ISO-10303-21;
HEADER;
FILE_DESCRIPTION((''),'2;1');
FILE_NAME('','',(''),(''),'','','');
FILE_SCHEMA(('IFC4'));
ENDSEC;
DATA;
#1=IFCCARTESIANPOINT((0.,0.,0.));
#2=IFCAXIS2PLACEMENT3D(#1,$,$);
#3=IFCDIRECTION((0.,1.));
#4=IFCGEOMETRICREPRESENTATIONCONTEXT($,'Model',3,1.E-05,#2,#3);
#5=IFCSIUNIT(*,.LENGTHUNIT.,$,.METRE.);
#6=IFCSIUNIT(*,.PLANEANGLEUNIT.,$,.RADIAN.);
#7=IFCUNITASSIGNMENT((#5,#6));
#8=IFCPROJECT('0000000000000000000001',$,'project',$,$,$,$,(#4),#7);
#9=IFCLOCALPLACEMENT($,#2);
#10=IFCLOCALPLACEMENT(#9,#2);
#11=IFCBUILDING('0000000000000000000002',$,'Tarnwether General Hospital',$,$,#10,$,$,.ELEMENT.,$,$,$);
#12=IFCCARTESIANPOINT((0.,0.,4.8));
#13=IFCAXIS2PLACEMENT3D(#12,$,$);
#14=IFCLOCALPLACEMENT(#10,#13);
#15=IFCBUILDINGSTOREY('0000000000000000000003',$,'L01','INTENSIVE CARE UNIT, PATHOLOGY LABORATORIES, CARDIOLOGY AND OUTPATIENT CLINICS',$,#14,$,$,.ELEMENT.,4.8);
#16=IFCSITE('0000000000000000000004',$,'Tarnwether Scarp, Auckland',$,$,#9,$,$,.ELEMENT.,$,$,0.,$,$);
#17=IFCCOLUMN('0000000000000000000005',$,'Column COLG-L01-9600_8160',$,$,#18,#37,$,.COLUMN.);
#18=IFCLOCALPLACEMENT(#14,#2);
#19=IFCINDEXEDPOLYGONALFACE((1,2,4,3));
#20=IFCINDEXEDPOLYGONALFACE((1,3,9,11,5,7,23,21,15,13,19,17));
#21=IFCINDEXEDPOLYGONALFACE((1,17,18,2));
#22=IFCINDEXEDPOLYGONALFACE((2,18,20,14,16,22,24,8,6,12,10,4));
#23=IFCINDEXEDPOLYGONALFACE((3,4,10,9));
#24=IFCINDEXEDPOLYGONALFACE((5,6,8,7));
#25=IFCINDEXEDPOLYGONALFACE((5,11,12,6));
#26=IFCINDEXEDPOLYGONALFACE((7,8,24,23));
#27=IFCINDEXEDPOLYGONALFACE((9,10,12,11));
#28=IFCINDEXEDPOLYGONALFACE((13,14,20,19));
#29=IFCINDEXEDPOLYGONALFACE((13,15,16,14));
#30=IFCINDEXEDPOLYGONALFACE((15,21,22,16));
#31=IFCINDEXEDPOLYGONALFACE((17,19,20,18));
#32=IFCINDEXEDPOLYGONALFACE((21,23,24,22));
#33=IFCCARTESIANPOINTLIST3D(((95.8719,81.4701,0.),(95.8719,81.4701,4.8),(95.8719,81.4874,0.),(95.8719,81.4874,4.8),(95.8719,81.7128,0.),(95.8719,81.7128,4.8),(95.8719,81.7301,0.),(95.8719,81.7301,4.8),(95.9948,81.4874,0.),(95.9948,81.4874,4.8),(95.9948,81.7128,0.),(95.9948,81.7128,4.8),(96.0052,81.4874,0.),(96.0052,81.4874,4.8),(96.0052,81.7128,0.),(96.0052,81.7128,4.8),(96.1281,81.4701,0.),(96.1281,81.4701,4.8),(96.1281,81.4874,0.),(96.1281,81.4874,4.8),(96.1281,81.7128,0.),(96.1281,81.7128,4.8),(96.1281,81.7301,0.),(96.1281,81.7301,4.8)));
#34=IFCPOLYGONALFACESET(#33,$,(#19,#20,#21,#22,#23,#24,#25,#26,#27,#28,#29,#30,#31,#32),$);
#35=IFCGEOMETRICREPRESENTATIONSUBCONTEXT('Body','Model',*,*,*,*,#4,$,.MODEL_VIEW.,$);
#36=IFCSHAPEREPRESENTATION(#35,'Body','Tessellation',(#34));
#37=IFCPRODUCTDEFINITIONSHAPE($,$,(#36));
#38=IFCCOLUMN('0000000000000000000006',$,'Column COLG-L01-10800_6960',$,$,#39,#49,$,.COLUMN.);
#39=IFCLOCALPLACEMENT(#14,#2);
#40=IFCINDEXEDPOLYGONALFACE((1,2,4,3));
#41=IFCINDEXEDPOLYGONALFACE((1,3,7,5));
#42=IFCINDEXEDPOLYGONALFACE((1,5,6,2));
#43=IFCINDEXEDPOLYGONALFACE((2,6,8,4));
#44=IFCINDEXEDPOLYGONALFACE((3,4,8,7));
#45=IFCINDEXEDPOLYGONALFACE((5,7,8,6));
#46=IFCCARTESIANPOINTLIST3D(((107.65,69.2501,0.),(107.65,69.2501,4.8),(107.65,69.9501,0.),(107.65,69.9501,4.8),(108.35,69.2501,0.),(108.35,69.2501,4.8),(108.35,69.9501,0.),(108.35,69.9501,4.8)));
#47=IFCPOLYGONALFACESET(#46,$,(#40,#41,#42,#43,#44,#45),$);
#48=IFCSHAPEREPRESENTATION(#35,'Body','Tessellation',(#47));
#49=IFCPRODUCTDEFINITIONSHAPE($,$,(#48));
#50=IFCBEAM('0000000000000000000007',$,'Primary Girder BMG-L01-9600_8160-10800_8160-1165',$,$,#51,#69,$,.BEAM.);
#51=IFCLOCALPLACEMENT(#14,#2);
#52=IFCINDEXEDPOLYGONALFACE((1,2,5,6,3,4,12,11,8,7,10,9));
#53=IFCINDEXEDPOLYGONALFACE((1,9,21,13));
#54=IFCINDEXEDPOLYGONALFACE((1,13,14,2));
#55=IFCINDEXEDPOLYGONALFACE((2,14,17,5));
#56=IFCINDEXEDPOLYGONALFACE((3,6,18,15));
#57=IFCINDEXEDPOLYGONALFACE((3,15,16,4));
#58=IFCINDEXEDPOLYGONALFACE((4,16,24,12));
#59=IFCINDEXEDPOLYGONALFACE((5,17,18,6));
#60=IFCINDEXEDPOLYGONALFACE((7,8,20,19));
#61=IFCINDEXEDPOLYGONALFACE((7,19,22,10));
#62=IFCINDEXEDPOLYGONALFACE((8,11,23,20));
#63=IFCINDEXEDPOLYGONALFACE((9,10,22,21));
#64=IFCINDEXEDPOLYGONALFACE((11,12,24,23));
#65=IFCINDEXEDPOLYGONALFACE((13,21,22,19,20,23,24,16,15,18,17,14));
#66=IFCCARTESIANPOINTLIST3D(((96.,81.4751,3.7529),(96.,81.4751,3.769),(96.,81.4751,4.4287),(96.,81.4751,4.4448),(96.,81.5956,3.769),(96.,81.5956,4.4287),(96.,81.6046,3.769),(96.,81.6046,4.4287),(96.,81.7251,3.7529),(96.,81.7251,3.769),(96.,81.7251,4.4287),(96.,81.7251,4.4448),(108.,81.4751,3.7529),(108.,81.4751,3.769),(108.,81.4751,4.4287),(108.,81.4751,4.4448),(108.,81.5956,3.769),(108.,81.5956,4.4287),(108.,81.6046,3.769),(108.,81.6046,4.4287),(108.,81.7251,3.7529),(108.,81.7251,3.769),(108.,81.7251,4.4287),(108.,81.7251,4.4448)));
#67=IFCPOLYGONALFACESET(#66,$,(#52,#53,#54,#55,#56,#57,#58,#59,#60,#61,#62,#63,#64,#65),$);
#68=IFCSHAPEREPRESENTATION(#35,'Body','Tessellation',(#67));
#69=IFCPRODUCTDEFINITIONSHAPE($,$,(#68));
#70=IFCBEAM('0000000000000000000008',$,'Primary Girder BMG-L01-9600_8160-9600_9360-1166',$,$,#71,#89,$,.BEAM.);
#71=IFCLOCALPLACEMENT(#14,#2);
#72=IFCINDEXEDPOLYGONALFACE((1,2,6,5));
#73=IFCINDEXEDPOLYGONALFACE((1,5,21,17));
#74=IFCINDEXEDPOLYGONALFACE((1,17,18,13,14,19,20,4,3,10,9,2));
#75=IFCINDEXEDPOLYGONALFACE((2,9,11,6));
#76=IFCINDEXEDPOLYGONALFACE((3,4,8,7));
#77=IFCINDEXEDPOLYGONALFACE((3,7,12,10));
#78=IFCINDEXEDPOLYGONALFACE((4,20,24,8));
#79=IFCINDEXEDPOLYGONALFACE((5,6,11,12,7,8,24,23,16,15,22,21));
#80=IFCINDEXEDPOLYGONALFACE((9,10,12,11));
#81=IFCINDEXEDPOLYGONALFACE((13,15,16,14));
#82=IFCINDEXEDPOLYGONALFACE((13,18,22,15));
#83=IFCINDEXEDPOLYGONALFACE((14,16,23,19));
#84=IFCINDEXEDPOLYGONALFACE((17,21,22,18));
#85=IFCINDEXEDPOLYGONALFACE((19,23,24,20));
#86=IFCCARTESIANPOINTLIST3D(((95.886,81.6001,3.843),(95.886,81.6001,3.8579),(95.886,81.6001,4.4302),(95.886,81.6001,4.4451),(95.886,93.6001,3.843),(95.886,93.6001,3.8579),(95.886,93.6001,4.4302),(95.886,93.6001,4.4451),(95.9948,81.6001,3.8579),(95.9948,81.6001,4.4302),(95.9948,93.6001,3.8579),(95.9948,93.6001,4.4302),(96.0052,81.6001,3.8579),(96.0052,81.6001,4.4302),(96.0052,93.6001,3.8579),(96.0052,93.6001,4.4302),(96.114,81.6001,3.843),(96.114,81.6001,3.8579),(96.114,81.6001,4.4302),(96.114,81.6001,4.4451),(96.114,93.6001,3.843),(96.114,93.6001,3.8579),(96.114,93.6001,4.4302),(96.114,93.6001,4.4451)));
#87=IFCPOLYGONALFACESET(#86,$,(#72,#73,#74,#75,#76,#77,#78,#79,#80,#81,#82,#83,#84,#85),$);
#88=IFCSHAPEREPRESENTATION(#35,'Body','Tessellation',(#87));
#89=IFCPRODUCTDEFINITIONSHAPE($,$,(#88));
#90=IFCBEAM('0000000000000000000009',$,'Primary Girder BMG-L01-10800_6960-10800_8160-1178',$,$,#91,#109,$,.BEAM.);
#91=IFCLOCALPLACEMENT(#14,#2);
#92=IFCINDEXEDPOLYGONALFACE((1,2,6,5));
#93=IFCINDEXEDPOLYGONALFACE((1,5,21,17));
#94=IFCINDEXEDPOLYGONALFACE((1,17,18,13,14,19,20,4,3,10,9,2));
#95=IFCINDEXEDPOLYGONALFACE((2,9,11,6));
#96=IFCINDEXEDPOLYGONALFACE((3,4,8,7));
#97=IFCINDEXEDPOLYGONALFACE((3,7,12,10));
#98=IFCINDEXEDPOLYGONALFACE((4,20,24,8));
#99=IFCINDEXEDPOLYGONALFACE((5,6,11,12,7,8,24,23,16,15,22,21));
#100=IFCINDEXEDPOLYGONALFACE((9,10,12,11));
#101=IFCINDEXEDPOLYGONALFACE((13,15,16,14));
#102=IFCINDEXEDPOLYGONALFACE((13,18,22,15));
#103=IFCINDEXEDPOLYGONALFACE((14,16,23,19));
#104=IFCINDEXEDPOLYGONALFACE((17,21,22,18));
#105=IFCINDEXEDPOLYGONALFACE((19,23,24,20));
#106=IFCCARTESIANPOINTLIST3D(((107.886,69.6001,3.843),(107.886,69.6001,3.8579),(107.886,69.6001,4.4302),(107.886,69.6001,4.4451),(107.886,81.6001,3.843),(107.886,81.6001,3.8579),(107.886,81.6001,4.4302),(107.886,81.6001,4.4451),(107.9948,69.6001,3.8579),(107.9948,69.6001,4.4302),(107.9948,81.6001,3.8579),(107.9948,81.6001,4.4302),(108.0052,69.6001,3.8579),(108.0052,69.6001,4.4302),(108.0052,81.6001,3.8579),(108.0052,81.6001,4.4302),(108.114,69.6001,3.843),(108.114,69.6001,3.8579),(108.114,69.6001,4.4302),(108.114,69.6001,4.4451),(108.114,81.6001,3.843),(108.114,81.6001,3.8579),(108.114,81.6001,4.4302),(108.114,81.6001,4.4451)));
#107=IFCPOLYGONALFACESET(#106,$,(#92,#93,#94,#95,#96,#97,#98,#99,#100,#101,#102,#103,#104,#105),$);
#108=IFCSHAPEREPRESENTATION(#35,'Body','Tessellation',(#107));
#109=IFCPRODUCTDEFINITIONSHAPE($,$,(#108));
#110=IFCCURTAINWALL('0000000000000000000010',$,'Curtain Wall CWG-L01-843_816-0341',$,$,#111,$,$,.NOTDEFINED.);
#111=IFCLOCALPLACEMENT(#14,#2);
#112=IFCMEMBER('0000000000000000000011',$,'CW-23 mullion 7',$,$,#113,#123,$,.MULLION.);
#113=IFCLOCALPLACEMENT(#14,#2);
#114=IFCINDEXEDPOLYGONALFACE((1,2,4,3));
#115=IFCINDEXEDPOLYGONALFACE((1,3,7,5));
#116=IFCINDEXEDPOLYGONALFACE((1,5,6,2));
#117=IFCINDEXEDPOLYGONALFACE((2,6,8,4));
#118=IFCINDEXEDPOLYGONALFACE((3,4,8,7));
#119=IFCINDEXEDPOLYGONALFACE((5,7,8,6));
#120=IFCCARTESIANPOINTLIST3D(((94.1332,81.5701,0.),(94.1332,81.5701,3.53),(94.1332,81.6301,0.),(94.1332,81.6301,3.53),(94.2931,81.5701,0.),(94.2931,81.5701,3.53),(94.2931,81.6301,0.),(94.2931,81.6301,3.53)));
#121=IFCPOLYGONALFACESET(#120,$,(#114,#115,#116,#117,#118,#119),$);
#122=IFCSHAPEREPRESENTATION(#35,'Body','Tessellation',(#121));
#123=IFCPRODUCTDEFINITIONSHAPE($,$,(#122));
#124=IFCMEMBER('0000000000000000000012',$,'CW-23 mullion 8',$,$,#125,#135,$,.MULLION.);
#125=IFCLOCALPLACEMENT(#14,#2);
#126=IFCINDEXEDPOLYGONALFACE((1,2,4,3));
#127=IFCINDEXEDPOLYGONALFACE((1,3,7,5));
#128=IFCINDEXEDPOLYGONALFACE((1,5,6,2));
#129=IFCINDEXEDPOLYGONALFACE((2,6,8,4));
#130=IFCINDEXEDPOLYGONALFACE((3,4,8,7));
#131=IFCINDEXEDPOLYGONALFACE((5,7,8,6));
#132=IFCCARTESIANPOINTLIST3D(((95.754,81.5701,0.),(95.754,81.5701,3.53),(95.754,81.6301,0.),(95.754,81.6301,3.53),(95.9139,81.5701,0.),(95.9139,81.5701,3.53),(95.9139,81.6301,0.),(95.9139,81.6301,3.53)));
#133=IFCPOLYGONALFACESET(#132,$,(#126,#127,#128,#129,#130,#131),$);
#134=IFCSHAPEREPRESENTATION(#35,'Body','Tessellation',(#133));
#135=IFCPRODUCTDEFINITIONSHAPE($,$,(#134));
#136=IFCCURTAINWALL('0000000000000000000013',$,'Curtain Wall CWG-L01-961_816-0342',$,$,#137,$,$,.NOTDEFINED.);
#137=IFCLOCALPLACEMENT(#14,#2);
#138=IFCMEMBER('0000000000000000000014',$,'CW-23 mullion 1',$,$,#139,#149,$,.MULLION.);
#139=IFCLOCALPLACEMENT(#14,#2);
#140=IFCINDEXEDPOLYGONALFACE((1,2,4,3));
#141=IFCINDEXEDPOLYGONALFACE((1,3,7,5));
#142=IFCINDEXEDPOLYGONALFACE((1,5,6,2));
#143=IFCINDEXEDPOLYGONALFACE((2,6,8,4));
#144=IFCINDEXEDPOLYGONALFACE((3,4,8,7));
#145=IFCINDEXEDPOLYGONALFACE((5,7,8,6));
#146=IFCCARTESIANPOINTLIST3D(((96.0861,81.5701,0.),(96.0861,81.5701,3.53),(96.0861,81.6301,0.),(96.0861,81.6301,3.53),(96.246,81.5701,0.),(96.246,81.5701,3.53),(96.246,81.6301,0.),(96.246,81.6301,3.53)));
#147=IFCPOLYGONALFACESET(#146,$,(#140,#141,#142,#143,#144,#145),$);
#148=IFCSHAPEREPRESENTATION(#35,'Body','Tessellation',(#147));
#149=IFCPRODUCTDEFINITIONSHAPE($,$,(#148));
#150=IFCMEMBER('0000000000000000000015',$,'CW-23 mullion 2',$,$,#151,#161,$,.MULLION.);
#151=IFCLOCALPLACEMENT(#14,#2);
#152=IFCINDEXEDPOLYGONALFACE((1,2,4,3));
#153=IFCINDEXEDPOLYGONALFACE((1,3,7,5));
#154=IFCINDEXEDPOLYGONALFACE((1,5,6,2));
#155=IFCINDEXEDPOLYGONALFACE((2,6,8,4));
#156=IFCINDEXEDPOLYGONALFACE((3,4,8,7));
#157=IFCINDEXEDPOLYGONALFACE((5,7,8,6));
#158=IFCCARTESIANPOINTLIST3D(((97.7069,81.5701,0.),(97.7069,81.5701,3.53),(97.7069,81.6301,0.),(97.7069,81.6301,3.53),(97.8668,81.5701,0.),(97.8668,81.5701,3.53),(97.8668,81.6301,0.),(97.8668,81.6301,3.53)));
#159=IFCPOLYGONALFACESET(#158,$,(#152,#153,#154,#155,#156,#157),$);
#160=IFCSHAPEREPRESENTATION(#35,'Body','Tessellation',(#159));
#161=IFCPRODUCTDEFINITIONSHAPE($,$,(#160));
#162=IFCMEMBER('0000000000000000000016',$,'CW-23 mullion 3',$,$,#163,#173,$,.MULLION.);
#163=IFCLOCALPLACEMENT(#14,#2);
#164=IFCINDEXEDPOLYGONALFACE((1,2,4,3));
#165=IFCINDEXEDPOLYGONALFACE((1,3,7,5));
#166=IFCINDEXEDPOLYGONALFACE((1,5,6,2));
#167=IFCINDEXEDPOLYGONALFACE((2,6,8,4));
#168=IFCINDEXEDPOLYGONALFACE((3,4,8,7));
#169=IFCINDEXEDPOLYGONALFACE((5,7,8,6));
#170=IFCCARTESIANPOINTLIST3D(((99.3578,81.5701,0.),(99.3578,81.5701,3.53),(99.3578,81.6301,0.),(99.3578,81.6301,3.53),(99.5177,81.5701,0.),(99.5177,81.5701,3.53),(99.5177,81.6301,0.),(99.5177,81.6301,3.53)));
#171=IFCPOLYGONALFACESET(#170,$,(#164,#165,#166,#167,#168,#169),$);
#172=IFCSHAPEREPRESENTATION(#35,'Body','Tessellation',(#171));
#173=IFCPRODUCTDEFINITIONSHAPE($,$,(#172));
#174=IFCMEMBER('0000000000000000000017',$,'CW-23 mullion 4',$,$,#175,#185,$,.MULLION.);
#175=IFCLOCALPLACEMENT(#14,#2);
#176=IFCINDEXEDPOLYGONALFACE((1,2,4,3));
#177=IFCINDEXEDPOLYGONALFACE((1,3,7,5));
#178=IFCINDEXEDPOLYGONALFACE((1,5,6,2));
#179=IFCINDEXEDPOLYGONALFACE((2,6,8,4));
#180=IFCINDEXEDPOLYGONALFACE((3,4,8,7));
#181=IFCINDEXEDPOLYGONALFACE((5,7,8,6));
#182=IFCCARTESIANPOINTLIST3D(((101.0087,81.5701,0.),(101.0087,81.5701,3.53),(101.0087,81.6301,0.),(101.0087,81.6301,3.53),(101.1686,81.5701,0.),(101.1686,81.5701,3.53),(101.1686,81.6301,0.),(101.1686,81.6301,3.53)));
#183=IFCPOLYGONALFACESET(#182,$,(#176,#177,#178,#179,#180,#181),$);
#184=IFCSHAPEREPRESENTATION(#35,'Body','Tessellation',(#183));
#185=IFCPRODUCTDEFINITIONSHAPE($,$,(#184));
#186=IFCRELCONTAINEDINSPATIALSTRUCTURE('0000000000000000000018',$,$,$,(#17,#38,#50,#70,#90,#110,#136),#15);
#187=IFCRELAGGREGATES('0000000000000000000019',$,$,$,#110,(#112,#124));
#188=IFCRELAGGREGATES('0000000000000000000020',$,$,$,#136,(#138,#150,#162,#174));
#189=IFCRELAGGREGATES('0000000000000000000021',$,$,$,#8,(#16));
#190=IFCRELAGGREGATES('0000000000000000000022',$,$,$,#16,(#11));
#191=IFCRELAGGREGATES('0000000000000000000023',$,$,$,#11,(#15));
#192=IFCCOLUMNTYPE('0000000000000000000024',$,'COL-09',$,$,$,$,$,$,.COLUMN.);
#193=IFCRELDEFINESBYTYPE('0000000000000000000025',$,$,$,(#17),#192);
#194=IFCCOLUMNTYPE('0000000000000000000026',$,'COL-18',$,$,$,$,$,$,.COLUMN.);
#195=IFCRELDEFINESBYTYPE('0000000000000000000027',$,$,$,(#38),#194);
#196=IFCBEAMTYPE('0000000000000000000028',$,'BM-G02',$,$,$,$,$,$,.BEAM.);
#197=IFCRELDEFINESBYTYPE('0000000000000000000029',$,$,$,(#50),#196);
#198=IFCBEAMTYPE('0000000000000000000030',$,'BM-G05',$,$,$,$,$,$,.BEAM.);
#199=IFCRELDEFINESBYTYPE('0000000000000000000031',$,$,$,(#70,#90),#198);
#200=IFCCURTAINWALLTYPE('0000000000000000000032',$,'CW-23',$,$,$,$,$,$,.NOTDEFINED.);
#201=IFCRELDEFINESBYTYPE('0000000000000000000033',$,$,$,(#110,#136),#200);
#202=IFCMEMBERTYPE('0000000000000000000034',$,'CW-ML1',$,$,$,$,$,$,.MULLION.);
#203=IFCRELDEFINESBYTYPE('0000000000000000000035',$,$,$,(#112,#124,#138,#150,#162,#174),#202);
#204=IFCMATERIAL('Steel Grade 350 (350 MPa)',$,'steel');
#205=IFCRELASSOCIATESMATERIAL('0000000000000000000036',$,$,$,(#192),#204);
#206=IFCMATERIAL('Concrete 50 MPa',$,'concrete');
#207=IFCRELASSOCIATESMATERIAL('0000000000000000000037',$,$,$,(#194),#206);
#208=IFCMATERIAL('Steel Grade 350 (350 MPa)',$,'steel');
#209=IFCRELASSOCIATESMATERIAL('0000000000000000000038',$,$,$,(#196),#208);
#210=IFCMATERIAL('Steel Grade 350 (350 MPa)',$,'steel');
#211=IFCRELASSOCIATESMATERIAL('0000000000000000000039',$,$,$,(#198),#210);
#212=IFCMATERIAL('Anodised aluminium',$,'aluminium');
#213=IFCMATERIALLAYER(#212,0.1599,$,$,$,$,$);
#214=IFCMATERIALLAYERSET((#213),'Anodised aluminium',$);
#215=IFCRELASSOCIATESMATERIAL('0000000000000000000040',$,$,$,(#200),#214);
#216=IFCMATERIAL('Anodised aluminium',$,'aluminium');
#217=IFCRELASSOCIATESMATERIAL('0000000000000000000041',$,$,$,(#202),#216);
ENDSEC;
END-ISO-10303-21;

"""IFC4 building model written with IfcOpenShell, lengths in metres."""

from ifc_helpers import new_model, si_unit, direction, frame, origin, origin_2d, place, context, subcontext, project, spatial, rectangle, i_section, extrude, material, layer, layer_set, material_profile, profile_set, type_object, element, aggregate, save


model = new_model("IFC4")

# Units and contexts
model_context = context("Model", 3, precision=1e-05, world=origin(), true_north=direction((0.0, 1.0)))
body_context = subcontext(model_context, "Body", "Model", "MODEL_VIEW")
ifc_project = project(units=[si_unit("LENGTHUNIT", "METRE"), si_unit("PLANEANGLEUNIT", "RADIAN")], contexts=[model_context])

# Site, building, storey
site_placement = place(None, origin())
site = spatial("IfcSite", under=ifc_project, at=site_placement, Name="Tarnwether Scarp, Auckland", CompositionType="ELEMENT", RefElevation=0.0)
building_placement = place(site_placement, origin())
building = spatial("IfcBuilding", under=site, at=building_placement, Name="Tarnwether General Hospital", CompositionType="ELEMENT")
storey_placement = place(building_placement, frame((0.0, 0.0, 4.8)))
storey = spatial("IfcBuildingStorey", under=building, at=storey_placement, Name="L01", Description="INTENSIVE CARE UNIT, PATHOLOGY LABORATORIES, CARDIOLOGY AND OUTPATIENT CLINICS", CompositionType="ELEMENT", Elevation=4.8)

# Columns
ifc_material_1 = material(Name="Steel Grade 350 (350 MPa)", Category="steel")
ifc_material_profile_1 = material_profile(ifc_material_1, i_section(OverallWidth=0.2561, OverallDepth=0.26, WebThickness=0.0105, FlangeThickness=0.0173, at=origin_2d()), Name="250UC89.5")
ifc_profile_set_1 = profile_set([ifc_material_profile_1], Name="Steel Grade 350 (350 MPa)")
column_type_1 = type_object("IfcColumnType", Name="COL-09", PredefinedType="COLUMN", material=ifc_profile_set_1)
column_1_placement = place(storey_placement, frame((96.0, 81.6001, 0.0), z_axis=(0.0, 0.0, 1.0), x_axis=(1.0, 0.0, 0.0)))
element("IfcColumn", 1, at=column_1_placement, inside=storey, type_object=column_type_1, Name="Column COLG-L01-9600_8160", PredefinedType="COLUMN", context=body_context, shape_type="SweptSolid", body=[
    extrude(i_section(OverallWidth=0.2561, OverallDepth=0.26, WebThickness=0.0105, FlangeThickness=0.0173, at=origin_2d()), origin(), (0.0, 0.0, 1.0), 4.8),
])
ifc_material_2 = material(Name="Concrete 50 MPa", Category="concrete")
ifc_material_profile_2 = material_profile(ifc_material_2, rectangle(XDim=0.7, YDim=0.7, at=origin_2d()), Name="RC-COL-700x700")
ifc_profile_set_2 = profile_set([ifc_material_profile_2], Name="Concrete 50 MPa")
column_type_2 = type_object("IfcColumnType", Name="COL-18", PredefinedType="COLUMN", material=ifc_profile_set_2)
column_2_placement = place(storey_placement, frame((108.0, 69.6001, 0.0), z_axis=(0.0, 0.0, 1.0), x_axis=(0.0, 1.0, 0.0)))
element("IfcColumn", 2, at=column_2_placement, inside=storey, type_object=column_type_2, Name="Column COLG-L01-10800_6960", PredefinedType="COLUMN", context=body_context, shape_type="SweptSolid", body=[
    extrude(rectangle(XDim=0.7, YDim=0.7, at=origin_2d()), origin(), (0.0, 0.0, 1.0), 4.8),
])

# Beams
ifc_material_3 = material(Name="Steel Grade 350 (350 MPa)", Category="steel")
ifc_material_profile_3 = material_profile(ifc_material_3, i_section(OverallWidth=0.25, OverallDepth=0.6919, WebThickness=0.009, FlangeThickness=0.0161, at=origin_2d()), Name="700WB115")
ifc_profile_set_3 = profile_set([ifc_material_profile_3], Name="Steel Grade 350 (350 MPa)")
beam_type_1 = type_object("IfcBeamType", Name="BM-G02", PredefinedType="BEAM", material=ifc_profile_set_3)
beam_placement = place(storey_placement, frame((96.0, 81.6001, 4.0989), z_axis=(1.0, 0.0, 0.0), x_axis=(0.0, 1.0, 0.0)))
element("IfcBeam", 3, at=beam_placement, inside=storey, type_object=beam_type_1, Name="Primary Girder BMG-L01-9600_8160-10800_8160-1165", PredefinedType="BEAM", context=body_context, shape_type="SweptSolid", body=[
    extrude(i_section(OverallWidth=0.25, OverallDepth=0.6919, WebThickness=0.009, FlangeThickness=0.0161, at=origin_2d()), origin(), (0.0, 0.0, 1.0), 12.0),
])
ifc_material_4 = material(Name="Steel Grade 350 (350 MPa)", Category="steel")
ifc_material_profile_4 = material_profile(ifc_material_4, i_section(OverallWidth=0.228, OverallDepth=0.6021, WebThickness=0.0105, FlangeThickness=0.0149, at=origin_2d()), Name="610UB101")
ifc_profile_set_4 = profile_set([ifc_material_profile_4], Name="Steel Grade 350 (350 MPa)")
beam_type_2 = type_object("IfcBeamType", Name="BM-G05", PredefinedType="BEAM", material=ifc_profile_set_4)
for number, where, z_axis, x_axis, name in (
    (4, (96.0, 81.6001, 4.144), (0.0, 1.0, 0.0), (-1.0, 0.0, 0.0), "Primary Girder BMG-L01-9600_8160-9600_9360-1166"),
    (5, (108.0, 69.6001, 4.144), (0.0, 1.0, 0.0), (-1.0, 0.0, 0.0), "Primary Girder BMG-L01-10800_6960-10800_8160-1178"),
):
    element("IfcBeam", number, at=place(storey_placement, frame(where, z_axis=z_axis, x_axis=x_axis)), inside=storey, type_object=beam_type_2, Name=name, PredefinedType="BEAM", context=body_context, shape_type="SweptSolid", body=[
        extrude(i_section(OverallWidth=0.228, OverallDepth=0.6021, WebThickness=0.0105, FlangeThickness=0.0149, at=origin_2d()), origin(), (0.0, 0.0, 1.0), 12.0),
    ])

# Curtain walls, members
ifc_material_5 = material(Name="Anodised aluminium", Category="aluminium")
ifc_layer_1 = layer(ifc_material_5, 0.1599)
ifc_layer_set_1 = layer_set([ifc_layer_1], Name="Anodised aluminium")
curtain_wall_type = type_object("IfcCurtainWallType", Name="CW-23", PredefinedType="NOTDEFINED", material=ifc_layer_set_1)
curtain_wall_1_placement = place(storey_placement, origin())
curtain_wall_1 = element("IfcCurtainWall", 6, at=curtain_wall_1_placement, inside=storey, type_object=curtain_wall_type, Name="Curtain Wall CWG-L01-843_816-0341", PredefinedType="NOTDEFINED")
ifc_material_6 = material(Name="Anodised aluminium", Category="aluminium")
ifc_material_profile_5 = material_profile(ifc_material_6, rectangle(XDim=0.0601, YDim=0.1599, at=origin_2d()), Name="ALU-MUL-60x160")
ifc_profile_set_5 = profile_set([ifc_material_profile_5], Name="Anodised aluminium")
member_type_1 = type_object("IfcMemberType", Name="CW-ML1", PredefinedType="MULLION", material=ifc_profile_set_5)
member_1_placement = place(storey_placement, frame((94.2131, 81.6001, 0.0), z_axis=(0.0, 0.0, 1.0), x_axis=(0.0, 1.0, 0.0)))
member_1 = element("IfcMember", 7, at=member_1_placement, type_object=member_type_1, Name="CW-23 mullion 7", PredefinedType="MULLION", context=body_context, shape_type="SweptSolid", body=[
    extrude(rectangle(XDim=0.0601, YDim=0.1599, at=origin_2d()), origin(), (0.0, 0.0, 1.0), 3.53),
])
member_2_placement = place(storey_placement, frame((95.834, 81.6001, 0.0), z_axis=(0.0, 0.0, 1.0), x_axis=(0.0, 1.0, 0.0)))
member_2 = element("IfcMember", 8, at=member_2_placement, type_object=member_type_1, Name="CW-23 mullion 8", PredefinedType="MULLION", context=body_context, shape_type="SweptSolid", body=[
    extrude(rectangle(XDim=0.0601, YDim=0.1599, at=origin_2d()), origin(), (0.0, 0.0, 1.0), 3.53),
])
curtain_wall_2_placement = place(storey_placement, origin())
curtain_wall_2 = element("IfcCurtainWall", 9, at=curtain_wall_2_placement, inside=storey, type_object=curtain_wall_type, Name="Curtain Wall CWG-L01-961_816-0342", PredefinedType="NOTDEFINED")
member_3_placement = place(storey_placement, frame((96.166, 81.6001, 0.0), z_axis=(0.0, 0.0, 1.0), x_axis=(0.0, 1.0, 0.0)))
member_3 = element("IfcMember", 10, at=member_3_placement, type_object=member_type_1, Name="CW-23 mullion 1", PredefinedType="MULLION", context=body_context, shape_type="SweptSolid", body=[
    extrude(rectangle(XDim=0.0601, YDim=0.1599, at=origin_2d()), origin(), (0.0, 0.0, 1.0), 3.53),
])
member_4_placement = place(storey_placement, frame((97.7869, 81.6001, 0.0), z_axis=(0.0, 0.0, 1.0), x_axis=(0.0, 1.0, 0.0)))
member_4 = element("IfcMember", 11, at=member_4_placement, type_object=member_type_1, Name="CW-23 mullion 2", PredefinedType="MULLION", context=body_context, shape_type="SweptSolid", body=[
    extrude(rectangle(XDim=0.0601, YDim=0.1599, at=origin_2d()), origin(), (0.0, 0.0, 1.0), 3.53),
])
member_5_placement = place(storey_placement, frame((99.4377, 81.6001, 0.0), z_axis=(0.0, 0.0, 1.0), x_axis=(0.0, 1.0, 0.0)))
member_5 = element("IfcMember", 12, at=member_5_placement, type_object=member_type_1, Name="CW-23 mullion 3", PredefinedType="MULLION", context=body_context, shape_type="SweptSolid", body=[
    extrude(rectangle(XDim=0.0601, YDim=0.1599, at=origin_2d()), origin(), (0.0, 0.0, 1.0), 3.53),
])
member_6_placement = place(storey_placement, frame((101.0886, 81.6001, 0.0), z_axis=(0.0, 0.0, 1.0), x_axis=(0.0, 1.0, 0.0)))
member_6 = element("IfcMember", 13, at=member_6_placement, type_object=member_type_1, Name="CW-23 mullion 4", PredefinedType="MULLION", context=body_context, shape_type="SweptSolid", body=[
    extrude(rectangle(XDim=0.0601, YDim=0.1599, at=origin_2d()), origin(), (0.0, 0.0, 1.0), 3.53),
])

aggregate(curtain_wall_1, [member_1, member_2])
aggregate(curtain_wall_2, [member_3, member_4, member_5, member_6])

save(model, "model.ifc")
